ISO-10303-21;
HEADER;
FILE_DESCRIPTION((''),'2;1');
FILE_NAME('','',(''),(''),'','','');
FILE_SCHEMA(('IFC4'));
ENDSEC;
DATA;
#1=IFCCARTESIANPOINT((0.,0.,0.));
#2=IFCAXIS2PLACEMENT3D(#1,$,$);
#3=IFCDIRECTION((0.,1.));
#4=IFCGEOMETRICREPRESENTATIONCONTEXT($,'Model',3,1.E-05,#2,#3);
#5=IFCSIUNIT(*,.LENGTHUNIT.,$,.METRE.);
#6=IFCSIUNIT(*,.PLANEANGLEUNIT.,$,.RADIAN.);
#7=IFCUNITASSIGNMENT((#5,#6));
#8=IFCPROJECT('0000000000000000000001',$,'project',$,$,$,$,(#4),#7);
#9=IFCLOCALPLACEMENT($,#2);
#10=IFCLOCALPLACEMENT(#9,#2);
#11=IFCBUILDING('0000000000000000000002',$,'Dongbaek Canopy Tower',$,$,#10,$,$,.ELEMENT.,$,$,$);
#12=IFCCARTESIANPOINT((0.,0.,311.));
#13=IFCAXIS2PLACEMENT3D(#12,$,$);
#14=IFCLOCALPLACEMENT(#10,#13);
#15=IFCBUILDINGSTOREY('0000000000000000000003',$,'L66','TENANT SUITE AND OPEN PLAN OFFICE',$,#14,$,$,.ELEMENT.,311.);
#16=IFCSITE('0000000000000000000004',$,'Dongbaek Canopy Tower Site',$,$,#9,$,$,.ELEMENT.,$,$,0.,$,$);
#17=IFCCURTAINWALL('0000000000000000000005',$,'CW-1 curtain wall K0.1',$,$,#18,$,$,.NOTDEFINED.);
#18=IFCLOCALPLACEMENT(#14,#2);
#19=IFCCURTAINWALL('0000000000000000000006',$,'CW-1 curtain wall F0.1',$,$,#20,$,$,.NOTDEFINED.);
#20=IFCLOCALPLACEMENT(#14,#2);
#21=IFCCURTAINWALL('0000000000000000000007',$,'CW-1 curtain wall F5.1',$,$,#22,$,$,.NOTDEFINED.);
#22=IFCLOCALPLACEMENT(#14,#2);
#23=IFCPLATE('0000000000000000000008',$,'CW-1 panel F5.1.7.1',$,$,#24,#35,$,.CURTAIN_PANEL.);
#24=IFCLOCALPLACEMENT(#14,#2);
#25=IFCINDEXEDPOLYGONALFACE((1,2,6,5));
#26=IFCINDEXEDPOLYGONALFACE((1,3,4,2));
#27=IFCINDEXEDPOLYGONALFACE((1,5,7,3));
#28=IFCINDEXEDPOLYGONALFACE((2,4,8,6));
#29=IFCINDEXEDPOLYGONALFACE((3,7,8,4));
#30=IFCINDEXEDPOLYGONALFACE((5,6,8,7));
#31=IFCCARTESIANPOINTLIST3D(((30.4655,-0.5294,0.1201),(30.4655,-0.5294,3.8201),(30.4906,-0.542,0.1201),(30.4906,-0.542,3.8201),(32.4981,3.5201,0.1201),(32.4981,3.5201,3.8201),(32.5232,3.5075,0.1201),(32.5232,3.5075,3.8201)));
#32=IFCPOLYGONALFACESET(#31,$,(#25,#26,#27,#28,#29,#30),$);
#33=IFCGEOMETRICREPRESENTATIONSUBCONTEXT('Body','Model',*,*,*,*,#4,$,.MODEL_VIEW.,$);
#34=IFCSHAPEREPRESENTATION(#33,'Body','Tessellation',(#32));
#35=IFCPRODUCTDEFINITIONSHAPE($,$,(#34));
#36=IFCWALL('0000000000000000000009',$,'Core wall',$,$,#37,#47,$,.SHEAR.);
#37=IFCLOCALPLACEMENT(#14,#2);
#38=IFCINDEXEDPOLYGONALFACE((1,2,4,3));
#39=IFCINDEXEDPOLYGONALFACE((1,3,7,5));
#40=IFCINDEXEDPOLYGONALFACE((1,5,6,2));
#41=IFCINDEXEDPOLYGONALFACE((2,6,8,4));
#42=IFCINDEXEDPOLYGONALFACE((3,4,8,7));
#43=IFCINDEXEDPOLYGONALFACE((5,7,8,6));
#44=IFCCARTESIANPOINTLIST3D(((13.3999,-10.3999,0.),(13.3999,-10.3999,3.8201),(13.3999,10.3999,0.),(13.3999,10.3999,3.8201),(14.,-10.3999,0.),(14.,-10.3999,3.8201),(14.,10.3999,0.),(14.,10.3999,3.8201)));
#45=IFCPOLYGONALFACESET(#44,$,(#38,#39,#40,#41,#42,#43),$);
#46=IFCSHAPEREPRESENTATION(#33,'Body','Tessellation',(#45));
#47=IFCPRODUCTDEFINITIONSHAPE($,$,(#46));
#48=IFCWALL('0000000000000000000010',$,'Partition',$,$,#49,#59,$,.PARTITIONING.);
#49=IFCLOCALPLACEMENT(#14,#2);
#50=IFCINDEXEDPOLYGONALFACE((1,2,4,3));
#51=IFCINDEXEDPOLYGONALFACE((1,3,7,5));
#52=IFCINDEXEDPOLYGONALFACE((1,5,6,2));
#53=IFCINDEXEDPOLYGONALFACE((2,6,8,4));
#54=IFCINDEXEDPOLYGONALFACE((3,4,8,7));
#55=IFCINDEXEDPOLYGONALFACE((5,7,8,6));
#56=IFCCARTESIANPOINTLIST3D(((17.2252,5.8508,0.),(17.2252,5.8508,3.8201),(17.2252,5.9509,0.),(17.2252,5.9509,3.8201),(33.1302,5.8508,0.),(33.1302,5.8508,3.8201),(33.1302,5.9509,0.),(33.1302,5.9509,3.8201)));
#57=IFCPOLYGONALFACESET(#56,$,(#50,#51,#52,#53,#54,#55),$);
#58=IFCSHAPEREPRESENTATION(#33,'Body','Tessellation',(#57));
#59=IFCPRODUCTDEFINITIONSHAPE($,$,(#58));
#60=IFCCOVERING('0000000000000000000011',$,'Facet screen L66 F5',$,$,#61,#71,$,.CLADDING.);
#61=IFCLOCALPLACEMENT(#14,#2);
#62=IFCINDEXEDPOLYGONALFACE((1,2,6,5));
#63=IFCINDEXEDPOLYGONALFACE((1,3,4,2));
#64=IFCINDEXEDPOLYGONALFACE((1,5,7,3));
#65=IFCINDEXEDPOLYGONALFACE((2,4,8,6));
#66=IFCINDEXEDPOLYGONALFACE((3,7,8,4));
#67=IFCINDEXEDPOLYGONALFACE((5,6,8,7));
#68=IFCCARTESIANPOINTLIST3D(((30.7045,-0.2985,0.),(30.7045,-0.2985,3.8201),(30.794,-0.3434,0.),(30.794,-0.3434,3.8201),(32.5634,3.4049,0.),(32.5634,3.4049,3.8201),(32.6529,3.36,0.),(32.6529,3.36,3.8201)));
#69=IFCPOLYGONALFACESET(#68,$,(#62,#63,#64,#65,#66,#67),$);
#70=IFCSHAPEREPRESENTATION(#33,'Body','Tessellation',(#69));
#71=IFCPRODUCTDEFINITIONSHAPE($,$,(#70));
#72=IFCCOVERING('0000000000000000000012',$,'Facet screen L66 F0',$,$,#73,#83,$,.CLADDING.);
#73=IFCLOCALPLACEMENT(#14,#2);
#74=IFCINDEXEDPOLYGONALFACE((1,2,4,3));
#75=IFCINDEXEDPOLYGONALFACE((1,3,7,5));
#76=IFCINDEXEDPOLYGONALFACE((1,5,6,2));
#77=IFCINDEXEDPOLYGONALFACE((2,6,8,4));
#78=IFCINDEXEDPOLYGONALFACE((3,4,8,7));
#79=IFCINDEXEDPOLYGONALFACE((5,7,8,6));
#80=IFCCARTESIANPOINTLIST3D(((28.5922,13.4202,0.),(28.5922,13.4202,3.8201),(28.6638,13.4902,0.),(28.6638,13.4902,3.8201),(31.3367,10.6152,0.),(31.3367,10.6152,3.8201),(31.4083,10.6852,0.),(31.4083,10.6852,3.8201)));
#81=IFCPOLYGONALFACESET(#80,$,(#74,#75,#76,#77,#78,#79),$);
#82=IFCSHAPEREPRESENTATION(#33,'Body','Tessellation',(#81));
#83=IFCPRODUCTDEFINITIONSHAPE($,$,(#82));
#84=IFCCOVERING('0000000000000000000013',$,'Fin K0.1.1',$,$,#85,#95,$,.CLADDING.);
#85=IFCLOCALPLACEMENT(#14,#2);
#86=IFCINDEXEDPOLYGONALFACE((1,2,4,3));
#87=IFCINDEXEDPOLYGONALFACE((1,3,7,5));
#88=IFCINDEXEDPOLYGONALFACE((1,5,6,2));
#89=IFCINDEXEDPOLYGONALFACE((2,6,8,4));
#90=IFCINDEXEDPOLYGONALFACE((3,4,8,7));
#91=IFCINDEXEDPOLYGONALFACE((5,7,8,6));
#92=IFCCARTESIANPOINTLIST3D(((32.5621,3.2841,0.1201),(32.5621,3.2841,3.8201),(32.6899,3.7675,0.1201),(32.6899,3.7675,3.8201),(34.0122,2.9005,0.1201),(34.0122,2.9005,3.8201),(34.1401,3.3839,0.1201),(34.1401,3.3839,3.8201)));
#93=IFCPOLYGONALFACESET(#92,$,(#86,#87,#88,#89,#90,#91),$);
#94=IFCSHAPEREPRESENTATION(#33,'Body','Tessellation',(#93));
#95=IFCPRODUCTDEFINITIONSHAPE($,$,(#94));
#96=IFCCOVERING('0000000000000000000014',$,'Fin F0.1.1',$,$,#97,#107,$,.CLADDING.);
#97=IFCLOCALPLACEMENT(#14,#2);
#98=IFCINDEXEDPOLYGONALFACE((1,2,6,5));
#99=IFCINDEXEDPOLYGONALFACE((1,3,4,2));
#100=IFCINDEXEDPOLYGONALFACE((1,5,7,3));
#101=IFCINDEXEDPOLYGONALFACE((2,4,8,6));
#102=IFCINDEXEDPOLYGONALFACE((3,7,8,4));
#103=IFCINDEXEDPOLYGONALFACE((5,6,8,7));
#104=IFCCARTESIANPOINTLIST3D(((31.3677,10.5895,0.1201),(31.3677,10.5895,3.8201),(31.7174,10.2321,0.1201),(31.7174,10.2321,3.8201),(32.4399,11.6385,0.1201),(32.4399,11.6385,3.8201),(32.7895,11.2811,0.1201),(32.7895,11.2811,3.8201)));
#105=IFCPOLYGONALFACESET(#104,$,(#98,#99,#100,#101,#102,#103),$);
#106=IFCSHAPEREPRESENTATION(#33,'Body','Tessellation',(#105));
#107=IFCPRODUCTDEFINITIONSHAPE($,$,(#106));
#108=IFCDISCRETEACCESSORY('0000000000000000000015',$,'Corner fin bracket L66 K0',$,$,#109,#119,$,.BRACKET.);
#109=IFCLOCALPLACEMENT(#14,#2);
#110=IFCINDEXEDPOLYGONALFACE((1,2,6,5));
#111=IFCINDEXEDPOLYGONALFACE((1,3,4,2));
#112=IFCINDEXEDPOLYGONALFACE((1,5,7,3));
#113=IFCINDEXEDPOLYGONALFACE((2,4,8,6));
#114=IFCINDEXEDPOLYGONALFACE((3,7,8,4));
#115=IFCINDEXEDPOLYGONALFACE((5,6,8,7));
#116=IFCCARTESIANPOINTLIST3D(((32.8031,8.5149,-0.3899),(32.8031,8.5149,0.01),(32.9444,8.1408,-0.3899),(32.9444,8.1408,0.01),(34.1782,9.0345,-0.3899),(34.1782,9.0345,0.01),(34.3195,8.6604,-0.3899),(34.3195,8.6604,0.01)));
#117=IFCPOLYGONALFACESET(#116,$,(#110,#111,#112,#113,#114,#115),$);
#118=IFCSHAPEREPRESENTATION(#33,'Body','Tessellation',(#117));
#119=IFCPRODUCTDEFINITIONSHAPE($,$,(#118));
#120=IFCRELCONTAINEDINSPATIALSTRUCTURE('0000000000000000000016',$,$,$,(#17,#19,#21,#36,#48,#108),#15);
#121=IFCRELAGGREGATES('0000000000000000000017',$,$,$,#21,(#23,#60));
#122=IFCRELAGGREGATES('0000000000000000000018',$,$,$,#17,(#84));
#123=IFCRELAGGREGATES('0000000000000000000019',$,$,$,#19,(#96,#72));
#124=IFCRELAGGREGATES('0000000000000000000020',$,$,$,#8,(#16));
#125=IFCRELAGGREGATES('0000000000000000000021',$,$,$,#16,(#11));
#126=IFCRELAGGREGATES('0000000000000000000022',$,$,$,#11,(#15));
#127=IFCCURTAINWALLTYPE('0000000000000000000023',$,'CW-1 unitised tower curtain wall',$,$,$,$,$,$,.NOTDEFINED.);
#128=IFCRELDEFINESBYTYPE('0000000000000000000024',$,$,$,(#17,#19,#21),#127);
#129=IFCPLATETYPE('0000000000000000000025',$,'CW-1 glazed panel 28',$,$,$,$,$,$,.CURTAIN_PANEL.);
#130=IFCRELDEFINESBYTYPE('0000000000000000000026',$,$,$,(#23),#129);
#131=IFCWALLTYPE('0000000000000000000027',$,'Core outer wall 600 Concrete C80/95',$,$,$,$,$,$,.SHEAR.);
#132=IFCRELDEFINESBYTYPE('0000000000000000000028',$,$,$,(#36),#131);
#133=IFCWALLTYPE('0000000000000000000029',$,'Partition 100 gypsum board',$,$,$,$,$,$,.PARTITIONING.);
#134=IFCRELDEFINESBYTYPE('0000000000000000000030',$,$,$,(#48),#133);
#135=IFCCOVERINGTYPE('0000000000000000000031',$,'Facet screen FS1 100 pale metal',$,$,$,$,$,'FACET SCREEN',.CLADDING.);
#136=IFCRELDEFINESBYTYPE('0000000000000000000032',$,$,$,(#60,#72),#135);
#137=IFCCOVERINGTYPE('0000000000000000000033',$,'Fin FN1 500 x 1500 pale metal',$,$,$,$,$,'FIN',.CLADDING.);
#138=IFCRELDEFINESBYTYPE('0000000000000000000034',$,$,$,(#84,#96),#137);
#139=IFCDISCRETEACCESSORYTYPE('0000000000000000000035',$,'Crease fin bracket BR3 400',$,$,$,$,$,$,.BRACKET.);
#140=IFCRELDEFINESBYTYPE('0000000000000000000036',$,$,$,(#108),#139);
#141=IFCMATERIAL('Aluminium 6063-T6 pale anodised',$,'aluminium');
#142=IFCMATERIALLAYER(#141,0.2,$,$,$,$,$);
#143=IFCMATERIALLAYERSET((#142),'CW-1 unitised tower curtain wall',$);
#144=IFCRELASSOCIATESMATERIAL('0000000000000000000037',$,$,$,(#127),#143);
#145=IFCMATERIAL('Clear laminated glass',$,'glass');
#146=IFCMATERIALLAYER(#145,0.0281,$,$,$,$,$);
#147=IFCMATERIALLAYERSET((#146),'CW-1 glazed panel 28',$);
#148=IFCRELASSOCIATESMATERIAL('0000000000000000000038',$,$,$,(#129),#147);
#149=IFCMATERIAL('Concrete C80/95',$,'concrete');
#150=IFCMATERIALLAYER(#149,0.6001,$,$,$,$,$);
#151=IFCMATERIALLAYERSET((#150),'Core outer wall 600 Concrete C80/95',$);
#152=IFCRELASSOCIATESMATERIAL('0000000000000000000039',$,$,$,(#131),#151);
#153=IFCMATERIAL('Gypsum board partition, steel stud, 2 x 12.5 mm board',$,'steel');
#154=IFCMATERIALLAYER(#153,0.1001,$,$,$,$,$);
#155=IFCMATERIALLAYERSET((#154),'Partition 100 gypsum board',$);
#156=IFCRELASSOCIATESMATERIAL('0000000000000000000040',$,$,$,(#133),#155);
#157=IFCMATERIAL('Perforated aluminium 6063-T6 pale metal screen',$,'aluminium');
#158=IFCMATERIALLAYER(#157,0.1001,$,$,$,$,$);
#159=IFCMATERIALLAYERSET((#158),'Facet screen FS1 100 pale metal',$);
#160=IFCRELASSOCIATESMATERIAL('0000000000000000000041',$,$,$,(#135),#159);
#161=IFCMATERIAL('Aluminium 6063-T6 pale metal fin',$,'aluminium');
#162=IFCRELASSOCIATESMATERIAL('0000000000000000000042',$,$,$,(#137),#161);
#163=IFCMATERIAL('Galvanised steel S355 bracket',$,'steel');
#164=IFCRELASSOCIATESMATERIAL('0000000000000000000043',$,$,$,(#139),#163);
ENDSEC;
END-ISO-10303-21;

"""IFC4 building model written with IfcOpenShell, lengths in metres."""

from ifc_helpers import new_model, si_unit, direction, frame, frame_2d, origin, origin_2d, place, context, subcontext, project, spatial, rectangle, extrude, material, layer, layer_set, material_profile, profile_set, type_object, element, aggregate, save


model = new_model("IFC4")

# Units and contexts
model_context = context("Model", 3, precision=1e-05, world=origin(), true_north=direction((0.0, 1.0)))
body_context = subcontext(model_context, "Body", "Model", "MODEL_VIEW")
ifc_project = project(units=[si_unit("LENGTHUNIT", "METRE"), si_unit("PLANEANGLEUNIT", "RADIAN")], contexts=[model_context])

# Site, building, storey
site_placement = place(None, origin())
site = spatial("IfcSite", under=ifc_project, at=site_placement, Name="Dongbaek Canopy Tower Site", CompositionType="ELEMENT", RefElevation=0.0)
building_placement = place(site_placement, origin())
building = spatial("IfcBuilding", under=site, at=building_placement, Name="Dongbaek Canopy Tower", CompositionType="ELEMENT")
storey_placement = place(building_placement, frame((0.0, 0.0, 311.0)))
storey = spatial("IfcBuildingStorey", under=building, at=storey_placement, Name="L66", Description="TENANT SUITE AND OPEN PLAN OFFICE", CompositionType="ELEMENT", Elevation=311.0)

# Curtain walls
ifc_material_1 = material(Name="Aluminium 6063-T6 pale anodised", Category="aluminium")
ifc_layer_1 = layer(ifc_material_1, 0.2)
ifc_layer_set_1 = layer_set([ifc_layer_1], Name="CW-1 unitised tower curtain wall")
curtain_wall_type = type_object("IfcCurtainWallType", Name="CW-1 unitised tower curtain wall", PredefinedType="NOTDEFINED", material=ifc_layer_set_1)
curtain_wall_1_placement = place(storey_placement, origin())
curtain_wall_1 = element("IfcCurtainWall", 1, at=curtain_wall_1_placement, inside=storey, type_object=curtain_wall_type, Name="CW-1 curtain wall K0.1", PredefinedType="NOTDEFINED")
curtain_wall_2_placement = place(storey_placement, origin())
curtain_wall_2 = element("IfcCurtainWall", 2, at=curtain_wall_2_placement, inside=storey, type_object=curtain_wall_type, Name="CW-1 curtain wall F0.1", PredefinedType="NOTDEFINED")

# Shared definitions
ifc_material_2 = material(Name="Clear laminated glass", Category="glass")
ifc_layer_2 = layer(ifc_material_2, 0.0281)
ifc_layer_set_2 = layer_set([ifc_layer_2], Name="CW-1 glazed panel 28")
plate_type = type_object("IfcPlateType", Name="CW-1 glazed panel 28", PredefinedType="CURTAIN_PANEL", material=ifc_layer_set_2)

# Curtain wall, plate
curtain_wall_3_placement = place(storey_placement, origin())
curtain_wall_3 = element("IfcCurtainWall", 3, at=curtain_wall_3_placement, inside=storey, type_object=curtain_wall_type, Name="CW-1 curtain wall F5.1", PredefinedType="NOTDEFINED")
plate_1_placement = place(storey_placement, frame((31.4944, 1.489, 0.1201), z_axis=(0.0, 0.0, 1.0), x_axis=(0.448598, 0.893733, 0.0)))
plate_1 = element("IfcPlate", 4, at=plate_1_placement, type_object=plate_type, Name="CW-1 panel F5.1.7.1", PredefinedType="CURTAIN_PANEL", context=body_context, shape_type="SweptSolid", body=[
    extrude(rectangle(XDim=4.531, YDim=0.0281, at=origin_2d()), origin(), (0.0, 0.0, 1.0), 3.7),
])

# Walls
ifc_material_3 = material(Name="Concrete C80/95", Category="concrete")
ifc_layer_3 = layer(ifc_material_3, 0.6001)
ifc_layer_set_3 = layer_set([ifc_layer_3], Name="Core outer wall 600 Concrete C80/95")
wall_type_1 = type_object("IfcWallType", Name="Core outer wall 600 Concrete C80/95", PredefinedType="SHEAR", material=ifc_layer_set_3)
wall_1_placement = place(storey_placement, frame((13.7, 10.3999, 0.0), z_axis=(0.0, 0.0, 1.0), x_axis=(0.0, -1.0, 0.0)))
element("IfcWall", 5, at=wall_1_placement, inside=storey, type_object=wall_type_1, Name="Core wall", PredefinedType="SHEAR", context=body_context, shape_type="SweptSolid", body=[
    extrude(rectangle(XDim=20.7998, YDim=0.6001, at=frame_2d((10.3999, 0.0))), origin(), (0.0, 0.0, 1.0), 3.8201),
])
ifc_material_4 = material(Name="Gypsum board partition, steel stud, 2 x 12.5 mm board", Category="steel")
ifc_layer_4 = layer(ifc_material_4, 0.1001)
ifc_layer_set_4 = layer_set([ifc_layer_4], Name="Partition 100 gypsum board")
wall_type_2 = type_object("IfcWallType", Name="Partition 100 gypsum board", PredefinedType="PARTITIONING", material=ifc_layer_set_4)
wall_2_placement = place(storey_placement, frame((17.2251, 5.9009, 0.0), z_axis=(0.0, 0.0, 1.0), x_axis=(1.0, 0.0, 0.0)))
element("IfcWall", 6, at=wall_2_placement, inside=storey, type_object=wall_type_2, Name="Partition", PredefinedType="PARTITIONING", context=body_context, shape_type="SweptSolid", body=[
    extrude(rectangle(XDim=15.905, YDim=0.1001, at=frame_2d((7.9526, 0.0))), origin(), (0.0, 0.0, 1.0), 3.8201),
])

# Coverings
ifc_material_5 = material(Name="Perforated aluminium 6063-T6 pale metal screen", Category="aluminium")
ifc_layer_5 = layer(ifc_material_5, 0.1001)
ifc_layer_set_5 = layer_set([ifc_layer_5], Name="Facet screen FS1 100 pale metal")
covering_type_1 = type_object("IfcCoveringType", Name="Facet screen FS1 100 pale metal", ElementType="FACET SCREEN", PredefinedType="CLADDING", material=ifc_layer_set_5)
covering_1_placement = place(storey_placement, frame((31.6787, 1.5308, 0.0), z_axis=(0.0, 0.0, 1.0), x_axis=(0.448598, 0.893733, 0.0)))
covering_1 = element("IfcCovering", 7, at=covering_1_placement, type_object=covering_type_1, Name="Facet screen L66 F5", PredefinedType="CLADDING", context=body_context, shape_type="SweptSolid", body=[
    extrude(rectangle(XDim=4.1438, YDim=0.1001, at=origin_2d()), origin(), (0.0, 0.0, 1.0), 3.8201),
])
aggregate(curtain_wall_3, [plate_1, covering_1])
covering_2_placement = place(storey_placement, frame((30.0002, 12.0527, 0.0), z_axis=(0.0, 0.0, 1.0), x_axis=(-0.699349, 0.71478, 0.0)))
covering_2 = element("IfcCovering", 8, at=covering_2_placement, type_object=covering_type_1, Name="Facet screen L66 F0", PredefinedType="CLADDING", context=body_context, shape_type="SweptSolid", body=[
    extrude(rectangle(XDim=3.9243, YDim=0.1001, at=origin_2d()), origin(), (0.0, 0.0, 1.0), 3.8201),
])
ifc_material_6 = material(Name="Aluminium 6063-T6 pale metal fin", Category="aluminium")
ifc_material_profile_1 = material_profile(ifc_material_6, rectangle(XDim=1.5, YDim=0.5, at=origin_2d()), Name="Fin FN1 500 x 1500 pale metal")
ifc_profile_set_1 = profile_set([ifc_material_profile_1], Name="Aluminium 6063-T6 pale metal fin")
covering_type_2 = type_object("IfcCoveringType", Name="Fin FN1 500 x 1500 pale metal", ElementType="FIN", PredefinedType="CLADDING", material=ifc_profile_set_1)
covering_3_placement = place(storey_placement, frame((33.3511, 3.334, 0.1201), z_axis=(0.0, 0.0, 1.0), x_axis=(0.966753, -0.255711, 0.0)))
covering_3 = element("IfcCovering", 9, at=covering_3_placement, type_object=covering_type_2, Name="Fin K0.1.1", PredefinedType="CLADDING", context=body_context, shape_type="SweptSolid", body=[
    extrude(rectangle(XDim=1.5, YDim=0.5, at=origin_2d()), origin(), (0.0, 0.0, 1.0), 3.7),
])
aggregate(curtain_wall_1, [covering_3])
covering_4_placement = place(storey_placement, frame((32.0786, 10.9353, 0.1201), z_axis=(0.0, 0.0, 1.0), x_axis=(0.71478, 0.699349, 0.0)))
covering_4 = element("IfcCovering", 10, at=covering_4_placement, type_object=covering_type_2, Name="Fin F0.1.1", PredefinedType="CLADDING", context=body_context, shape_type="SweptSolid", body=[
    extrude(rectangle(XDim=1.5, YDim=0.5, at=origin_2d()), origin(), (0.0, 0.0, 1.0), 3.7),
])
aggregate(curtain_wall_2, [covering_4, covering_2])

# Discrete accessory
ifc_material_7 = material(Name="Galvanised steel S355 bracket", Category="steel")
discrete_accessory_type = type_object("IfcDiscreteAccessoryType", Name="Crease fin bracket BR3 400", PredefinedType="BRACKET", material=ifc_material_7)
discrete_accessory_placement = place(storey_placement, frame((33.5613, 8.5876, -0.3899), z_axis=(0.0, 0.0, 1.0), x_axis=(0.935453, 0.353452, 0.0)))
element("IfcDiscreteAccessory", 11, at=discrete_accessory_placement, inside=storey, type_object=discrete_accessory_type, Name="Corner fin bracket L66 K0", PredefinedType="BRACKET", context=body_context, shape_type="SweptSolid", body=[
    extrude(rectangle(XDim=1.47, YDim=0.3999, at=origin_2d()), origin(), (0.0, 0.0, 1.0), 0.3999),
])

save(model, "model.ifc")
